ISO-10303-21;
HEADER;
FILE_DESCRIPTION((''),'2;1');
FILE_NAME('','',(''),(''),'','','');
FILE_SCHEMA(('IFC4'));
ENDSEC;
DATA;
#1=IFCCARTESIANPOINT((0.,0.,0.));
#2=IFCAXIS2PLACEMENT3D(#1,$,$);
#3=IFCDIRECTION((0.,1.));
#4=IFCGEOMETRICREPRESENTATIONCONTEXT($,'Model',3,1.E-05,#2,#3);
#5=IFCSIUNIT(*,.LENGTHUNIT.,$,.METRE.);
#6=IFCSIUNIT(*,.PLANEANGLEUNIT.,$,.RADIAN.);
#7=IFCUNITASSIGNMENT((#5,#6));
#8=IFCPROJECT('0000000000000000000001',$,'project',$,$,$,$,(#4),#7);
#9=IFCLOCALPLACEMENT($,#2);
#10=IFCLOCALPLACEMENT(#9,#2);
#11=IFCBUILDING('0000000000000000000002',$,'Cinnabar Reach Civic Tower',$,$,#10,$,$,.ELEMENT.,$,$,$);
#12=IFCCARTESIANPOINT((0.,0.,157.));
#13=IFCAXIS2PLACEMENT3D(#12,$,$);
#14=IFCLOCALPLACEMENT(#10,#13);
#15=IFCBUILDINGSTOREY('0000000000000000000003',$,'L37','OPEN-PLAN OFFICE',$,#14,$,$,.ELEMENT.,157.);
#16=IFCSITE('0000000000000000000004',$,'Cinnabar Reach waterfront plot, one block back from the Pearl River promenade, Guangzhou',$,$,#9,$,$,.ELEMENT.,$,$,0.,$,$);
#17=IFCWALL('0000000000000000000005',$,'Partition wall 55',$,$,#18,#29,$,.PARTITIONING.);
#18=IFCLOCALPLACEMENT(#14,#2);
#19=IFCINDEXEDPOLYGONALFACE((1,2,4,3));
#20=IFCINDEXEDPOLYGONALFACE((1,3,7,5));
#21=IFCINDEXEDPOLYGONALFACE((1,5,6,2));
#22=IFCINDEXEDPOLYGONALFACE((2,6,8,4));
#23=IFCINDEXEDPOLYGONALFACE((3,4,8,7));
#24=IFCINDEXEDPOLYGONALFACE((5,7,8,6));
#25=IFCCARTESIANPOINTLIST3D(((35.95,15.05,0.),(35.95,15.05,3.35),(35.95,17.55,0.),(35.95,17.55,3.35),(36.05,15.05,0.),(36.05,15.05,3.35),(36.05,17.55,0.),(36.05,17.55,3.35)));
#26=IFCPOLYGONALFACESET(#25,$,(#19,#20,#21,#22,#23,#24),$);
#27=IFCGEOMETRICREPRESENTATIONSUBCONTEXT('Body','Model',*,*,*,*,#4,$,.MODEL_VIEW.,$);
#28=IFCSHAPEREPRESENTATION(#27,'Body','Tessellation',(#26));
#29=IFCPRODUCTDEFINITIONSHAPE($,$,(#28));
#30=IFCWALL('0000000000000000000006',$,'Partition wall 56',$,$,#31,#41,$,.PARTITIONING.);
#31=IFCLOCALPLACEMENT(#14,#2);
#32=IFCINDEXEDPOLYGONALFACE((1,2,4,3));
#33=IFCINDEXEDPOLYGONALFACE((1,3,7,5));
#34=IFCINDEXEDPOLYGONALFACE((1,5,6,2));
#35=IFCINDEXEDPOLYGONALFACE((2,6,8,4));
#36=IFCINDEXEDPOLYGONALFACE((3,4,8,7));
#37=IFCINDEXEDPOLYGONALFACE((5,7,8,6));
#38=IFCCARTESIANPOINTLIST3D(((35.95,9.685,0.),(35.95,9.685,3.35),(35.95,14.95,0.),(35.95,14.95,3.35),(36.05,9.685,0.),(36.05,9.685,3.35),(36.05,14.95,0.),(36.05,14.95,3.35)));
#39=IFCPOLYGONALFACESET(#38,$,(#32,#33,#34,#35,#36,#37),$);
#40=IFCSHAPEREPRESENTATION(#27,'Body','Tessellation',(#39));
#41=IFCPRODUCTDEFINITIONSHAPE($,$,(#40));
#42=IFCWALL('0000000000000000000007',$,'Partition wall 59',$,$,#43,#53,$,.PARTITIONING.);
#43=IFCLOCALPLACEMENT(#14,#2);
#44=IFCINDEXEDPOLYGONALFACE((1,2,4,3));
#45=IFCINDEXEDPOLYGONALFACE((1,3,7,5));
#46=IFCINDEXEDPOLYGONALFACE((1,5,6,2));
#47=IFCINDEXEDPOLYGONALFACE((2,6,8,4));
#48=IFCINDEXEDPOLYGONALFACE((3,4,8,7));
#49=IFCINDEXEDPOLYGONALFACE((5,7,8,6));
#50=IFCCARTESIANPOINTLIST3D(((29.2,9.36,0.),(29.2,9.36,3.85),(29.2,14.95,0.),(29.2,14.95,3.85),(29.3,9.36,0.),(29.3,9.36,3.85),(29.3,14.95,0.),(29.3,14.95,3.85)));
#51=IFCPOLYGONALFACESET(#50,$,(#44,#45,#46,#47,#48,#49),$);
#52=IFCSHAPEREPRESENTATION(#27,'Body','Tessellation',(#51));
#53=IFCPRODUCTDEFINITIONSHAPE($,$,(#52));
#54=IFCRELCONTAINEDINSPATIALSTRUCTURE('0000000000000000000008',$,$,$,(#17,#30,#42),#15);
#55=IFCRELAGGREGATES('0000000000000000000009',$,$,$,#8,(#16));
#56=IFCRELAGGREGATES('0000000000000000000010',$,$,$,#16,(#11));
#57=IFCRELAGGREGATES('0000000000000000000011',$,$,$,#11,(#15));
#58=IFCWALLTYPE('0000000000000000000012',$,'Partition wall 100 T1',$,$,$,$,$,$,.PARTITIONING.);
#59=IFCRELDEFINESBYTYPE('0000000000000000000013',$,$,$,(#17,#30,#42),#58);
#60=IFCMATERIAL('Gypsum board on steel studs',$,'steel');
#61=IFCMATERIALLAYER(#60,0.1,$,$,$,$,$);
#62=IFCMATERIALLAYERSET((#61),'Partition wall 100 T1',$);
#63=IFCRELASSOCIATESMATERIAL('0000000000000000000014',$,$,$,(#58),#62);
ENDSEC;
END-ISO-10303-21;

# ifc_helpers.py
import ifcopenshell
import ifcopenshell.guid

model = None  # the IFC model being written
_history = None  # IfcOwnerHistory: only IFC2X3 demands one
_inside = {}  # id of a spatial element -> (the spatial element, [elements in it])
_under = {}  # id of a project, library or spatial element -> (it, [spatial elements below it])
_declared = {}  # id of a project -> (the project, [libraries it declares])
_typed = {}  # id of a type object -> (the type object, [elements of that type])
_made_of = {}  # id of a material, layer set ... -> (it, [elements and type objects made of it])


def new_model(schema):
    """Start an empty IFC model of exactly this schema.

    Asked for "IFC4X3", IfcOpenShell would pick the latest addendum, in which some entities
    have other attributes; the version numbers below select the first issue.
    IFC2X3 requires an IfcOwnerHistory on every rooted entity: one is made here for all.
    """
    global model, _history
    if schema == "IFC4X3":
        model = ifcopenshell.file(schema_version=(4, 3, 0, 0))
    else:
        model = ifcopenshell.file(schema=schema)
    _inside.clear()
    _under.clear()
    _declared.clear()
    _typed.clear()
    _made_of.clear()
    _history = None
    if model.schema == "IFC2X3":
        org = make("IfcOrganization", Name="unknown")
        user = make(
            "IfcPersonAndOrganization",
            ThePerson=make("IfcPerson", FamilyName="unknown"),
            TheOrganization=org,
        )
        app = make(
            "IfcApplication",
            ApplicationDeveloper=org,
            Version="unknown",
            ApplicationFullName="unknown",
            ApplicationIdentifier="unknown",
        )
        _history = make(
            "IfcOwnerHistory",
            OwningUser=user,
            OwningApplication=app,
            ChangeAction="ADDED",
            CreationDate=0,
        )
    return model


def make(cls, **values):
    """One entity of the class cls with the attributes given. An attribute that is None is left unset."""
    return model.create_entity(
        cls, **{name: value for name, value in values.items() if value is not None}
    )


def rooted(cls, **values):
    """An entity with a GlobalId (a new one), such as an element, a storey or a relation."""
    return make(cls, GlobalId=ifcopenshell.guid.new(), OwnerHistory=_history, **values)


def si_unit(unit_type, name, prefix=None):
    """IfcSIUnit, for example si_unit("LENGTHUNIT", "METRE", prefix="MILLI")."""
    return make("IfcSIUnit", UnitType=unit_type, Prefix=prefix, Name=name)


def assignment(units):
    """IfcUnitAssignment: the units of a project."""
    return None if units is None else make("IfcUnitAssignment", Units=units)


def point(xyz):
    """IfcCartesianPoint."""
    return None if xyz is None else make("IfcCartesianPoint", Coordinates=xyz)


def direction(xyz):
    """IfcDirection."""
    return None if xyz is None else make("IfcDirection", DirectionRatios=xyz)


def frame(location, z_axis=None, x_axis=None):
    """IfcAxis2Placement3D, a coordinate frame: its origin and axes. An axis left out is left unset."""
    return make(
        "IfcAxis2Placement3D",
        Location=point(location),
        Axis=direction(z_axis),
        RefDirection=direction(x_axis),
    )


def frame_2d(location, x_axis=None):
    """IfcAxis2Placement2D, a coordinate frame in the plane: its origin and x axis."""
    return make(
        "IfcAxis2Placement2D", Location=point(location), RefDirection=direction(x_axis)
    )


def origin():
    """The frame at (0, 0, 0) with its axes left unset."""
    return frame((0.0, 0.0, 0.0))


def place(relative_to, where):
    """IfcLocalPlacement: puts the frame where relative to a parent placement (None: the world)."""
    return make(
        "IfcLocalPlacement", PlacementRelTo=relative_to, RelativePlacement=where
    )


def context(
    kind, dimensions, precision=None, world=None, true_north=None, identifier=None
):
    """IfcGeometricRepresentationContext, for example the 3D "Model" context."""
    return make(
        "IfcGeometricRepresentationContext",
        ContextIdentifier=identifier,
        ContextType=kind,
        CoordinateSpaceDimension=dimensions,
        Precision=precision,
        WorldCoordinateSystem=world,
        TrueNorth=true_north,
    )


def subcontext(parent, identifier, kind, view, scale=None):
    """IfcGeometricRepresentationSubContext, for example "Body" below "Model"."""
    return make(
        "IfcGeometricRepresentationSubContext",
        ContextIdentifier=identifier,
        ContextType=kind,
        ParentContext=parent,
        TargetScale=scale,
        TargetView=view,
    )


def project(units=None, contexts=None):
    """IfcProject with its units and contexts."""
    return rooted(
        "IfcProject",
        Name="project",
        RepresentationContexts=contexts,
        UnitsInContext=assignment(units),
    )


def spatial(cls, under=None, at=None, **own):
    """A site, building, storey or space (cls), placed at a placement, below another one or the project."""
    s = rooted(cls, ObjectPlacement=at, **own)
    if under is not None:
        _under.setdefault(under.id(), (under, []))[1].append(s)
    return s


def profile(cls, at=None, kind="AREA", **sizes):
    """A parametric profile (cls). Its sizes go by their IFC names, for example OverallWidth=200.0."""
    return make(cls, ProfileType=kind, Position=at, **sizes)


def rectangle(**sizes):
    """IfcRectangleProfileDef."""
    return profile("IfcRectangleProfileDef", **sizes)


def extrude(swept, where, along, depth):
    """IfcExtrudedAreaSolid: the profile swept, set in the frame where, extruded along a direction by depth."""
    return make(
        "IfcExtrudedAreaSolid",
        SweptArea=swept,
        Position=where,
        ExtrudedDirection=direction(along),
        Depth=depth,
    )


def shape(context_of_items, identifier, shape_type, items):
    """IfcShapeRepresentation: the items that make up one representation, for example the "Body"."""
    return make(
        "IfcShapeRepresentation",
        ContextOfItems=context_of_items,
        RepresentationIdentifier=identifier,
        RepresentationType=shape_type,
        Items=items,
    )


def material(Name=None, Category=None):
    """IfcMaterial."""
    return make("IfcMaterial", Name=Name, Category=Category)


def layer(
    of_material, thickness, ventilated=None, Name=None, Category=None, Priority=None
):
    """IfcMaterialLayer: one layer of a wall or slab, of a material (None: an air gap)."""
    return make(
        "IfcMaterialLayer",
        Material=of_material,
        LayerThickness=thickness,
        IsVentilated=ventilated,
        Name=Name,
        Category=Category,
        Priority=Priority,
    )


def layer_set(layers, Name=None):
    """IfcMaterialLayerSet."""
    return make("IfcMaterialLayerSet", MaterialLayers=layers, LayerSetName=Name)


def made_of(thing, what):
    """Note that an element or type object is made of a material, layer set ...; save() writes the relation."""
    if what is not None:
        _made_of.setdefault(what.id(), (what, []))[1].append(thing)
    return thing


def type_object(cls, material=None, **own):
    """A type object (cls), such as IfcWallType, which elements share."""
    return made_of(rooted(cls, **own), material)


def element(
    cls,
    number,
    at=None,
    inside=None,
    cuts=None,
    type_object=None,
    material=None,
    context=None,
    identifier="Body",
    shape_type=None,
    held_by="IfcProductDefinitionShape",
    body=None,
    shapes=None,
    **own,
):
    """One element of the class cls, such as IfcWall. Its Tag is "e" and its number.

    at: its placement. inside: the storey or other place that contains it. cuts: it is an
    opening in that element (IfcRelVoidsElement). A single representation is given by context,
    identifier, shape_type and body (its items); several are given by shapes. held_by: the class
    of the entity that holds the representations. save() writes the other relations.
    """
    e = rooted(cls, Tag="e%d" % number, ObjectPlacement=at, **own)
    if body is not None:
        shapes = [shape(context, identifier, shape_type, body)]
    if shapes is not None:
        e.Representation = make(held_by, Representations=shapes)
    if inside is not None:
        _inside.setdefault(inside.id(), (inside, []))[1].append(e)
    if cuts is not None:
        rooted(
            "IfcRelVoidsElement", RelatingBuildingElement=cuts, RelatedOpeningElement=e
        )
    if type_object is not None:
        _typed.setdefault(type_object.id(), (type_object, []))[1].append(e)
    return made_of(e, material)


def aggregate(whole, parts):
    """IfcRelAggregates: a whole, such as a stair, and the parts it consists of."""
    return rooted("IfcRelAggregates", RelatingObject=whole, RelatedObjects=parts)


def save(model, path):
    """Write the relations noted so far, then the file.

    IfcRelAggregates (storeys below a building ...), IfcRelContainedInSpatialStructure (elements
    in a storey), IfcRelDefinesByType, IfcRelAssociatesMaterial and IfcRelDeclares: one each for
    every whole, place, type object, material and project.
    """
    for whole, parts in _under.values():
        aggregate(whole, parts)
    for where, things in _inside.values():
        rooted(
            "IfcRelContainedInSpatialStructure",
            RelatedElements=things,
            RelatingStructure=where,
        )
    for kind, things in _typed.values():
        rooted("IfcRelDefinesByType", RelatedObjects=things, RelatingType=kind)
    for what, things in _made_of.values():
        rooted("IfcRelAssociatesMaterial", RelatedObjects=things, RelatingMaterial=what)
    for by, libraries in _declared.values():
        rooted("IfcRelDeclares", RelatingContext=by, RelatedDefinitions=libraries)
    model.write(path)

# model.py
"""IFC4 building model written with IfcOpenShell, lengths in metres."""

from ifc_helpers import new_model, si_unit, direction, frame, frame_2d, origin, place, context, subcontext, project, spatial, rectangle, extrude, material, layer, layer_set, type_object, element, save


model = new_model("IFC4")

# Units and contexts
model_context = context("Model", 3, precision=1e-05, world=origin(), true_north=direction((0.0, 1.0)))
body_context = subcontext(model_context, "Body", "Model", "MODEL_VIEW")
ifc_project = project(units=[si_unit("LENGTHUNIT", "METRE"), si_unit("PLANEANGLEUNIT", "RADIAN")], contexts=[model_context])

# Site, building, storey
site_placement = place(None, origin())
site = spatial("IfcSite", under=ifc_project, at=site_placement, Name="Cinnabar Reach waterfront plot, one block back from the Pearl River promenade, Guangzhou", CompositionType="ELEMENT", RefElevation=0.0)
building_placement = place(site_placement, origin())
building = spatial("IfcBuilding", under=site, at=building_placement, Name="Cinnabar Reach Civic Tower", CompositionType="ELEMENT")
storey_placement = place(building_placement, frame((0.0, 0.0, 157.0)))
storey = spatial("IfcBuildingStorey", under=building, at=storey_placement, Name="L37", Description="OPEN-PLAN OFFICE", CompositionType="ELEMENT", Elevation=157.0)

# Walls
ifc_material_1 = material(Name="Gypsum board on steel studs", Category="steel")
ifc_layer_1 = layer(ifc_material_1, 0.1)
ifc_layer_set_1 = layer_set([ifc_layer_1], Name="Partition wall 100 T1")
wall_type_1 = type_object("IfcWallType", Name="Partition wall 100 T1", PredefinedType="PARTITIONING", material=ifc_layer_set_1)
wall_1_placement = place(storey_placement, frame((36.0, 15.05, 0.0), z_axis=(0.0, 0.0, 1.0), x_axis=(0.0, 1.0, 0.0)))
element("IfcWall", 1, at=wall_1_placement, inside=storey, type_object=wall_type_1, Name="Partition wall 55", PredefinedType="PARTITIONING", context=body_context, shape_type="SweptSolid", body=[
    extrude(rectangle(XDim=2.5, YDim=0.1, at=frame_2d((1.25, 0.0))), origin(), (0.0, 0.0, 1.0), 3.35),
])
wall_2_placement = place(storey_placement, frame((36.0, 9.685, 0.0), z_axis=(0.0, 0.0, 1.0), x_axis=(0.0, 1.0, 0.0)))
element("IfcWall", 2, at=wall_2_placement, inside=storey, type_object=wall_type_1, Name="Partition wall 56", PredefinedType="PARTITIONING", context=body_context, shape_type="SweptSolid", body=[
    extrude(rectangle(XDim=5.265, YDim=0.1, at=frame_2d((2.6325, 0.0))), origin(), (0.0, 0.0, 1.0), 3.35),
])
wall_3_placement = place(storey_placement, frame((29.25, 9.36, 0.0), z_axis=(0.0, 0.0, 1.0), x_axis=(0.0, 1.0, 0.0)))
element("IfcWall", 3, at=wall_3_placement, inside=storey, type_object=wall_type_1, Name="Partition wall 59", PredefinedType="PARTITIONING", context=body_context, shape_type="SweptSolid", body=[
    extrude(rectangle(XDim=5.59, YDim=0.1, at=frame_2d((2.795, 0.0))), origin(), (0.0, 0.0, 1.0), 3.85),
])

save(model, "model.ifc")
